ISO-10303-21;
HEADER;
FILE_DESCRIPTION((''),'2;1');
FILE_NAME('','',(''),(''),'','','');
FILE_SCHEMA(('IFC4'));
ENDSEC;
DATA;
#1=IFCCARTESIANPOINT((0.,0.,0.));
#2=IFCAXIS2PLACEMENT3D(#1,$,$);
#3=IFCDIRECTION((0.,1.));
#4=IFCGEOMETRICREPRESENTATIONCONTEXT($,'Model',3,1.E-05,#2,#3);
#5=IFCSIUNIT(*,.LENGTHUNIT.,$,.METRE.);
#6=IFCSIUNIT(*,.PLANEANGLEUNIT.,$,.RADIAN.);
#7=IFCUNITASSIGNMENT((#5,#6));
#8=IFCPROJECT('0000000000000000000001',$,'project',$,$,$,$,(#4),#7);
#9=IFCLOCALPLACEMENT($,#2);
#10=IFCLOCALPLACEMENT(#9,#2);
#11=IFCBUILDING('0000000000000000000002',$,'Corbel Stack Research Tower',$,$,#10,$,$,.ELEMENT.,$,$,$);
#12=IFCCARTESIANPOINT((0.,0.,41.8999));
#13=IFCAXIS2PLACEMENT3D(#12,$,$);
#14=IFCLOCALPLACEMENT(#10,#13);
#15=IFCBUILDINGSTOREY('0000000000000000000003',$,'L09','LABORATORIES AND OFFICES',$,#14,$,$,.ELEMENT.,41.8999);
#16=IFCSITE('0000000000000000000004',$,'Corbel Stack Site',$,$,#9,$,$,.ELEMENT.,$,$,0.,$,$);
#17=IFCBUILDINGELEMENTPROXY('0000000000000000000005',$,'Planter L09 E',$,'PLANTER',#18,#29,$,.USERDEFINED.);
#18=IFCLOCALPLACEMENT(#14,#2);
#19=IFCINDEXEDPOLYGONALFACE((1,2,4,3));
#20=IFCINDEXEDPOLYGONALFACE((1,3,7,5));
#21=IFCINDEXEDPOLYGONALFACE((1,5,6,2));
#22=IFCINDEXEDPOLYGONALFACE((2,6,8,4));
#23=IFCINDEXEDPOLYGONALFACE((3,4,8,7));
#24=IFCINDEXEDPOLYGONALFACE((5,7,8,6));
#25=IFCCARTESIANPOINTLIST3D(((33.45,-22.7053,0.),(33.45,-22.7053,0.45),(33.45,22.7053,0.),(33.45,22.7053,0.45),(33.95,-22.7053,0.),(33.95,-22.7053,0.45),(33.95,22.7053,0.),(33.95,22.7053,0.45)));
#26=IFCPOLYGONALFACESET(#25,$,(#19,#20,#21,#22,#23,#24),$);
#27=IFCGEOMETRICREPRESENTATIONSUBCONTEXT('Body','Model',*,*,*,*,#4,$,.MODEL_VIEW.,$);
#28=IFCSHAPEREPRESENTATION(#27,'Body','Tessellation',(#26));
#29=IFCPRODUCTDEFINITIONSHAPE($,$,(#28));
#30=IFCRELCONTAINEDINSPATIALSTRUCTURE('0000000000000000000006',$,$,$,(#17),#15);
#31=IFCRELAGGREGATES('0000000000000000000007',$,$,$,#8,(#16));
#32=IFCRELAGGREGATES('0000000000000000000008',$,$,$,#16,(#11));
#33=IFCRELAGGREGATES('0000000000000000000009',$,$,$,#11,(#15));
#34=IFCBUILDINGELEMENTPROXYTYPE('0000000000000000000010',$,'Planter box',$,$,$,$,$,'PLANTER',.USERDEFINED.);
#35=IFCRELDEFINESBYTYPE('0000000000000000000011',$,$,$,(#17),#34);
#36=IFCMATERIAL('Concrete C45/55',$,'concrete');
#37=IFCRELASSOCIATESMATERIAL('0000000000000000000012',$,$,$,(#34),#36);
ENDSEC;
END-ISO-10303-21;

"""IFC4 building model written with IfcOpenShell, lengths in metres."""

from ifc_helpers import new_model, si_unit, direction, frame, origin, origin_2d, place, context, subcontext, project, spatial, rectangle, extrude, material, type_object, element, save


model = new_model("IFC4")

# Units and contexts
model_context = context("Model", 3, precision=1e-05, world=origin(), true_north=direction((0.0, 1.0)))
body_context = subcontext(model_context, "Body", "Model", "MODEL_VIEW")
ifc_project = project(units=[si_unit("LENGTHUNIT", "METRE"), si_unit("PLANEANGLEUNIT", "RADIAN")], contexts=[model_context])

# Site, building, storey
site_placement = place(None, origin())
site = spatial("IfcSite", under=ifc_project, at=site_placement, Name="Corbel Stack Site", CompositionType="ELEMENT", RefElevation=0.0)
building_placement = place(site_placement, origin())
building = spatial("IfcBuilding", under=site, at=building_placement, Name="Corbel Stack Research Tower", CompositionType="ELEMENT")
storey_placement = place(building_placement, frame((0.0, 0.0, 41.8999)))
storey = spatial("IfcBuildingStorey", under=building, at=storey_placement, Name="L09", Description="LABORATORIES AND OFFICES", CompositionType="ELEMENT", Elevation=41.8999)

# Building element proxy
ifc_material_1 = material(Name="Concrete C45/55", Category="concrete")
building_element_proxy_type = type_object("IfcBuildingElementProxyType", Name="Planter box", ElementType="PLANTER", PredefinedType="USERDEFINED", material=ifc_material_1)
proxy_placement = place(storey_placement, frame((33.7, 0.0, 0.0), z_axis=(0.0, 0.0, 1.0), x_axis=(0.0, 1.0, 0.0)))
element("IfcBuildingElementProxy", 1, at=proxy_placement, inside=storey, type_object=building_element_proxy_type, Name="Planter L09 E", ObjectType="PLANTER", PredefinedType="USERDEFINED", context=body_context, shape_type="SweptSolid", body=[
    extrude(rectangle(XDim=45.4106, YDim=0.5, at=origin_2d()), origin(), (0.0, 0.0, 1.0), 0.45),
])

save(model, "model.ifc")
